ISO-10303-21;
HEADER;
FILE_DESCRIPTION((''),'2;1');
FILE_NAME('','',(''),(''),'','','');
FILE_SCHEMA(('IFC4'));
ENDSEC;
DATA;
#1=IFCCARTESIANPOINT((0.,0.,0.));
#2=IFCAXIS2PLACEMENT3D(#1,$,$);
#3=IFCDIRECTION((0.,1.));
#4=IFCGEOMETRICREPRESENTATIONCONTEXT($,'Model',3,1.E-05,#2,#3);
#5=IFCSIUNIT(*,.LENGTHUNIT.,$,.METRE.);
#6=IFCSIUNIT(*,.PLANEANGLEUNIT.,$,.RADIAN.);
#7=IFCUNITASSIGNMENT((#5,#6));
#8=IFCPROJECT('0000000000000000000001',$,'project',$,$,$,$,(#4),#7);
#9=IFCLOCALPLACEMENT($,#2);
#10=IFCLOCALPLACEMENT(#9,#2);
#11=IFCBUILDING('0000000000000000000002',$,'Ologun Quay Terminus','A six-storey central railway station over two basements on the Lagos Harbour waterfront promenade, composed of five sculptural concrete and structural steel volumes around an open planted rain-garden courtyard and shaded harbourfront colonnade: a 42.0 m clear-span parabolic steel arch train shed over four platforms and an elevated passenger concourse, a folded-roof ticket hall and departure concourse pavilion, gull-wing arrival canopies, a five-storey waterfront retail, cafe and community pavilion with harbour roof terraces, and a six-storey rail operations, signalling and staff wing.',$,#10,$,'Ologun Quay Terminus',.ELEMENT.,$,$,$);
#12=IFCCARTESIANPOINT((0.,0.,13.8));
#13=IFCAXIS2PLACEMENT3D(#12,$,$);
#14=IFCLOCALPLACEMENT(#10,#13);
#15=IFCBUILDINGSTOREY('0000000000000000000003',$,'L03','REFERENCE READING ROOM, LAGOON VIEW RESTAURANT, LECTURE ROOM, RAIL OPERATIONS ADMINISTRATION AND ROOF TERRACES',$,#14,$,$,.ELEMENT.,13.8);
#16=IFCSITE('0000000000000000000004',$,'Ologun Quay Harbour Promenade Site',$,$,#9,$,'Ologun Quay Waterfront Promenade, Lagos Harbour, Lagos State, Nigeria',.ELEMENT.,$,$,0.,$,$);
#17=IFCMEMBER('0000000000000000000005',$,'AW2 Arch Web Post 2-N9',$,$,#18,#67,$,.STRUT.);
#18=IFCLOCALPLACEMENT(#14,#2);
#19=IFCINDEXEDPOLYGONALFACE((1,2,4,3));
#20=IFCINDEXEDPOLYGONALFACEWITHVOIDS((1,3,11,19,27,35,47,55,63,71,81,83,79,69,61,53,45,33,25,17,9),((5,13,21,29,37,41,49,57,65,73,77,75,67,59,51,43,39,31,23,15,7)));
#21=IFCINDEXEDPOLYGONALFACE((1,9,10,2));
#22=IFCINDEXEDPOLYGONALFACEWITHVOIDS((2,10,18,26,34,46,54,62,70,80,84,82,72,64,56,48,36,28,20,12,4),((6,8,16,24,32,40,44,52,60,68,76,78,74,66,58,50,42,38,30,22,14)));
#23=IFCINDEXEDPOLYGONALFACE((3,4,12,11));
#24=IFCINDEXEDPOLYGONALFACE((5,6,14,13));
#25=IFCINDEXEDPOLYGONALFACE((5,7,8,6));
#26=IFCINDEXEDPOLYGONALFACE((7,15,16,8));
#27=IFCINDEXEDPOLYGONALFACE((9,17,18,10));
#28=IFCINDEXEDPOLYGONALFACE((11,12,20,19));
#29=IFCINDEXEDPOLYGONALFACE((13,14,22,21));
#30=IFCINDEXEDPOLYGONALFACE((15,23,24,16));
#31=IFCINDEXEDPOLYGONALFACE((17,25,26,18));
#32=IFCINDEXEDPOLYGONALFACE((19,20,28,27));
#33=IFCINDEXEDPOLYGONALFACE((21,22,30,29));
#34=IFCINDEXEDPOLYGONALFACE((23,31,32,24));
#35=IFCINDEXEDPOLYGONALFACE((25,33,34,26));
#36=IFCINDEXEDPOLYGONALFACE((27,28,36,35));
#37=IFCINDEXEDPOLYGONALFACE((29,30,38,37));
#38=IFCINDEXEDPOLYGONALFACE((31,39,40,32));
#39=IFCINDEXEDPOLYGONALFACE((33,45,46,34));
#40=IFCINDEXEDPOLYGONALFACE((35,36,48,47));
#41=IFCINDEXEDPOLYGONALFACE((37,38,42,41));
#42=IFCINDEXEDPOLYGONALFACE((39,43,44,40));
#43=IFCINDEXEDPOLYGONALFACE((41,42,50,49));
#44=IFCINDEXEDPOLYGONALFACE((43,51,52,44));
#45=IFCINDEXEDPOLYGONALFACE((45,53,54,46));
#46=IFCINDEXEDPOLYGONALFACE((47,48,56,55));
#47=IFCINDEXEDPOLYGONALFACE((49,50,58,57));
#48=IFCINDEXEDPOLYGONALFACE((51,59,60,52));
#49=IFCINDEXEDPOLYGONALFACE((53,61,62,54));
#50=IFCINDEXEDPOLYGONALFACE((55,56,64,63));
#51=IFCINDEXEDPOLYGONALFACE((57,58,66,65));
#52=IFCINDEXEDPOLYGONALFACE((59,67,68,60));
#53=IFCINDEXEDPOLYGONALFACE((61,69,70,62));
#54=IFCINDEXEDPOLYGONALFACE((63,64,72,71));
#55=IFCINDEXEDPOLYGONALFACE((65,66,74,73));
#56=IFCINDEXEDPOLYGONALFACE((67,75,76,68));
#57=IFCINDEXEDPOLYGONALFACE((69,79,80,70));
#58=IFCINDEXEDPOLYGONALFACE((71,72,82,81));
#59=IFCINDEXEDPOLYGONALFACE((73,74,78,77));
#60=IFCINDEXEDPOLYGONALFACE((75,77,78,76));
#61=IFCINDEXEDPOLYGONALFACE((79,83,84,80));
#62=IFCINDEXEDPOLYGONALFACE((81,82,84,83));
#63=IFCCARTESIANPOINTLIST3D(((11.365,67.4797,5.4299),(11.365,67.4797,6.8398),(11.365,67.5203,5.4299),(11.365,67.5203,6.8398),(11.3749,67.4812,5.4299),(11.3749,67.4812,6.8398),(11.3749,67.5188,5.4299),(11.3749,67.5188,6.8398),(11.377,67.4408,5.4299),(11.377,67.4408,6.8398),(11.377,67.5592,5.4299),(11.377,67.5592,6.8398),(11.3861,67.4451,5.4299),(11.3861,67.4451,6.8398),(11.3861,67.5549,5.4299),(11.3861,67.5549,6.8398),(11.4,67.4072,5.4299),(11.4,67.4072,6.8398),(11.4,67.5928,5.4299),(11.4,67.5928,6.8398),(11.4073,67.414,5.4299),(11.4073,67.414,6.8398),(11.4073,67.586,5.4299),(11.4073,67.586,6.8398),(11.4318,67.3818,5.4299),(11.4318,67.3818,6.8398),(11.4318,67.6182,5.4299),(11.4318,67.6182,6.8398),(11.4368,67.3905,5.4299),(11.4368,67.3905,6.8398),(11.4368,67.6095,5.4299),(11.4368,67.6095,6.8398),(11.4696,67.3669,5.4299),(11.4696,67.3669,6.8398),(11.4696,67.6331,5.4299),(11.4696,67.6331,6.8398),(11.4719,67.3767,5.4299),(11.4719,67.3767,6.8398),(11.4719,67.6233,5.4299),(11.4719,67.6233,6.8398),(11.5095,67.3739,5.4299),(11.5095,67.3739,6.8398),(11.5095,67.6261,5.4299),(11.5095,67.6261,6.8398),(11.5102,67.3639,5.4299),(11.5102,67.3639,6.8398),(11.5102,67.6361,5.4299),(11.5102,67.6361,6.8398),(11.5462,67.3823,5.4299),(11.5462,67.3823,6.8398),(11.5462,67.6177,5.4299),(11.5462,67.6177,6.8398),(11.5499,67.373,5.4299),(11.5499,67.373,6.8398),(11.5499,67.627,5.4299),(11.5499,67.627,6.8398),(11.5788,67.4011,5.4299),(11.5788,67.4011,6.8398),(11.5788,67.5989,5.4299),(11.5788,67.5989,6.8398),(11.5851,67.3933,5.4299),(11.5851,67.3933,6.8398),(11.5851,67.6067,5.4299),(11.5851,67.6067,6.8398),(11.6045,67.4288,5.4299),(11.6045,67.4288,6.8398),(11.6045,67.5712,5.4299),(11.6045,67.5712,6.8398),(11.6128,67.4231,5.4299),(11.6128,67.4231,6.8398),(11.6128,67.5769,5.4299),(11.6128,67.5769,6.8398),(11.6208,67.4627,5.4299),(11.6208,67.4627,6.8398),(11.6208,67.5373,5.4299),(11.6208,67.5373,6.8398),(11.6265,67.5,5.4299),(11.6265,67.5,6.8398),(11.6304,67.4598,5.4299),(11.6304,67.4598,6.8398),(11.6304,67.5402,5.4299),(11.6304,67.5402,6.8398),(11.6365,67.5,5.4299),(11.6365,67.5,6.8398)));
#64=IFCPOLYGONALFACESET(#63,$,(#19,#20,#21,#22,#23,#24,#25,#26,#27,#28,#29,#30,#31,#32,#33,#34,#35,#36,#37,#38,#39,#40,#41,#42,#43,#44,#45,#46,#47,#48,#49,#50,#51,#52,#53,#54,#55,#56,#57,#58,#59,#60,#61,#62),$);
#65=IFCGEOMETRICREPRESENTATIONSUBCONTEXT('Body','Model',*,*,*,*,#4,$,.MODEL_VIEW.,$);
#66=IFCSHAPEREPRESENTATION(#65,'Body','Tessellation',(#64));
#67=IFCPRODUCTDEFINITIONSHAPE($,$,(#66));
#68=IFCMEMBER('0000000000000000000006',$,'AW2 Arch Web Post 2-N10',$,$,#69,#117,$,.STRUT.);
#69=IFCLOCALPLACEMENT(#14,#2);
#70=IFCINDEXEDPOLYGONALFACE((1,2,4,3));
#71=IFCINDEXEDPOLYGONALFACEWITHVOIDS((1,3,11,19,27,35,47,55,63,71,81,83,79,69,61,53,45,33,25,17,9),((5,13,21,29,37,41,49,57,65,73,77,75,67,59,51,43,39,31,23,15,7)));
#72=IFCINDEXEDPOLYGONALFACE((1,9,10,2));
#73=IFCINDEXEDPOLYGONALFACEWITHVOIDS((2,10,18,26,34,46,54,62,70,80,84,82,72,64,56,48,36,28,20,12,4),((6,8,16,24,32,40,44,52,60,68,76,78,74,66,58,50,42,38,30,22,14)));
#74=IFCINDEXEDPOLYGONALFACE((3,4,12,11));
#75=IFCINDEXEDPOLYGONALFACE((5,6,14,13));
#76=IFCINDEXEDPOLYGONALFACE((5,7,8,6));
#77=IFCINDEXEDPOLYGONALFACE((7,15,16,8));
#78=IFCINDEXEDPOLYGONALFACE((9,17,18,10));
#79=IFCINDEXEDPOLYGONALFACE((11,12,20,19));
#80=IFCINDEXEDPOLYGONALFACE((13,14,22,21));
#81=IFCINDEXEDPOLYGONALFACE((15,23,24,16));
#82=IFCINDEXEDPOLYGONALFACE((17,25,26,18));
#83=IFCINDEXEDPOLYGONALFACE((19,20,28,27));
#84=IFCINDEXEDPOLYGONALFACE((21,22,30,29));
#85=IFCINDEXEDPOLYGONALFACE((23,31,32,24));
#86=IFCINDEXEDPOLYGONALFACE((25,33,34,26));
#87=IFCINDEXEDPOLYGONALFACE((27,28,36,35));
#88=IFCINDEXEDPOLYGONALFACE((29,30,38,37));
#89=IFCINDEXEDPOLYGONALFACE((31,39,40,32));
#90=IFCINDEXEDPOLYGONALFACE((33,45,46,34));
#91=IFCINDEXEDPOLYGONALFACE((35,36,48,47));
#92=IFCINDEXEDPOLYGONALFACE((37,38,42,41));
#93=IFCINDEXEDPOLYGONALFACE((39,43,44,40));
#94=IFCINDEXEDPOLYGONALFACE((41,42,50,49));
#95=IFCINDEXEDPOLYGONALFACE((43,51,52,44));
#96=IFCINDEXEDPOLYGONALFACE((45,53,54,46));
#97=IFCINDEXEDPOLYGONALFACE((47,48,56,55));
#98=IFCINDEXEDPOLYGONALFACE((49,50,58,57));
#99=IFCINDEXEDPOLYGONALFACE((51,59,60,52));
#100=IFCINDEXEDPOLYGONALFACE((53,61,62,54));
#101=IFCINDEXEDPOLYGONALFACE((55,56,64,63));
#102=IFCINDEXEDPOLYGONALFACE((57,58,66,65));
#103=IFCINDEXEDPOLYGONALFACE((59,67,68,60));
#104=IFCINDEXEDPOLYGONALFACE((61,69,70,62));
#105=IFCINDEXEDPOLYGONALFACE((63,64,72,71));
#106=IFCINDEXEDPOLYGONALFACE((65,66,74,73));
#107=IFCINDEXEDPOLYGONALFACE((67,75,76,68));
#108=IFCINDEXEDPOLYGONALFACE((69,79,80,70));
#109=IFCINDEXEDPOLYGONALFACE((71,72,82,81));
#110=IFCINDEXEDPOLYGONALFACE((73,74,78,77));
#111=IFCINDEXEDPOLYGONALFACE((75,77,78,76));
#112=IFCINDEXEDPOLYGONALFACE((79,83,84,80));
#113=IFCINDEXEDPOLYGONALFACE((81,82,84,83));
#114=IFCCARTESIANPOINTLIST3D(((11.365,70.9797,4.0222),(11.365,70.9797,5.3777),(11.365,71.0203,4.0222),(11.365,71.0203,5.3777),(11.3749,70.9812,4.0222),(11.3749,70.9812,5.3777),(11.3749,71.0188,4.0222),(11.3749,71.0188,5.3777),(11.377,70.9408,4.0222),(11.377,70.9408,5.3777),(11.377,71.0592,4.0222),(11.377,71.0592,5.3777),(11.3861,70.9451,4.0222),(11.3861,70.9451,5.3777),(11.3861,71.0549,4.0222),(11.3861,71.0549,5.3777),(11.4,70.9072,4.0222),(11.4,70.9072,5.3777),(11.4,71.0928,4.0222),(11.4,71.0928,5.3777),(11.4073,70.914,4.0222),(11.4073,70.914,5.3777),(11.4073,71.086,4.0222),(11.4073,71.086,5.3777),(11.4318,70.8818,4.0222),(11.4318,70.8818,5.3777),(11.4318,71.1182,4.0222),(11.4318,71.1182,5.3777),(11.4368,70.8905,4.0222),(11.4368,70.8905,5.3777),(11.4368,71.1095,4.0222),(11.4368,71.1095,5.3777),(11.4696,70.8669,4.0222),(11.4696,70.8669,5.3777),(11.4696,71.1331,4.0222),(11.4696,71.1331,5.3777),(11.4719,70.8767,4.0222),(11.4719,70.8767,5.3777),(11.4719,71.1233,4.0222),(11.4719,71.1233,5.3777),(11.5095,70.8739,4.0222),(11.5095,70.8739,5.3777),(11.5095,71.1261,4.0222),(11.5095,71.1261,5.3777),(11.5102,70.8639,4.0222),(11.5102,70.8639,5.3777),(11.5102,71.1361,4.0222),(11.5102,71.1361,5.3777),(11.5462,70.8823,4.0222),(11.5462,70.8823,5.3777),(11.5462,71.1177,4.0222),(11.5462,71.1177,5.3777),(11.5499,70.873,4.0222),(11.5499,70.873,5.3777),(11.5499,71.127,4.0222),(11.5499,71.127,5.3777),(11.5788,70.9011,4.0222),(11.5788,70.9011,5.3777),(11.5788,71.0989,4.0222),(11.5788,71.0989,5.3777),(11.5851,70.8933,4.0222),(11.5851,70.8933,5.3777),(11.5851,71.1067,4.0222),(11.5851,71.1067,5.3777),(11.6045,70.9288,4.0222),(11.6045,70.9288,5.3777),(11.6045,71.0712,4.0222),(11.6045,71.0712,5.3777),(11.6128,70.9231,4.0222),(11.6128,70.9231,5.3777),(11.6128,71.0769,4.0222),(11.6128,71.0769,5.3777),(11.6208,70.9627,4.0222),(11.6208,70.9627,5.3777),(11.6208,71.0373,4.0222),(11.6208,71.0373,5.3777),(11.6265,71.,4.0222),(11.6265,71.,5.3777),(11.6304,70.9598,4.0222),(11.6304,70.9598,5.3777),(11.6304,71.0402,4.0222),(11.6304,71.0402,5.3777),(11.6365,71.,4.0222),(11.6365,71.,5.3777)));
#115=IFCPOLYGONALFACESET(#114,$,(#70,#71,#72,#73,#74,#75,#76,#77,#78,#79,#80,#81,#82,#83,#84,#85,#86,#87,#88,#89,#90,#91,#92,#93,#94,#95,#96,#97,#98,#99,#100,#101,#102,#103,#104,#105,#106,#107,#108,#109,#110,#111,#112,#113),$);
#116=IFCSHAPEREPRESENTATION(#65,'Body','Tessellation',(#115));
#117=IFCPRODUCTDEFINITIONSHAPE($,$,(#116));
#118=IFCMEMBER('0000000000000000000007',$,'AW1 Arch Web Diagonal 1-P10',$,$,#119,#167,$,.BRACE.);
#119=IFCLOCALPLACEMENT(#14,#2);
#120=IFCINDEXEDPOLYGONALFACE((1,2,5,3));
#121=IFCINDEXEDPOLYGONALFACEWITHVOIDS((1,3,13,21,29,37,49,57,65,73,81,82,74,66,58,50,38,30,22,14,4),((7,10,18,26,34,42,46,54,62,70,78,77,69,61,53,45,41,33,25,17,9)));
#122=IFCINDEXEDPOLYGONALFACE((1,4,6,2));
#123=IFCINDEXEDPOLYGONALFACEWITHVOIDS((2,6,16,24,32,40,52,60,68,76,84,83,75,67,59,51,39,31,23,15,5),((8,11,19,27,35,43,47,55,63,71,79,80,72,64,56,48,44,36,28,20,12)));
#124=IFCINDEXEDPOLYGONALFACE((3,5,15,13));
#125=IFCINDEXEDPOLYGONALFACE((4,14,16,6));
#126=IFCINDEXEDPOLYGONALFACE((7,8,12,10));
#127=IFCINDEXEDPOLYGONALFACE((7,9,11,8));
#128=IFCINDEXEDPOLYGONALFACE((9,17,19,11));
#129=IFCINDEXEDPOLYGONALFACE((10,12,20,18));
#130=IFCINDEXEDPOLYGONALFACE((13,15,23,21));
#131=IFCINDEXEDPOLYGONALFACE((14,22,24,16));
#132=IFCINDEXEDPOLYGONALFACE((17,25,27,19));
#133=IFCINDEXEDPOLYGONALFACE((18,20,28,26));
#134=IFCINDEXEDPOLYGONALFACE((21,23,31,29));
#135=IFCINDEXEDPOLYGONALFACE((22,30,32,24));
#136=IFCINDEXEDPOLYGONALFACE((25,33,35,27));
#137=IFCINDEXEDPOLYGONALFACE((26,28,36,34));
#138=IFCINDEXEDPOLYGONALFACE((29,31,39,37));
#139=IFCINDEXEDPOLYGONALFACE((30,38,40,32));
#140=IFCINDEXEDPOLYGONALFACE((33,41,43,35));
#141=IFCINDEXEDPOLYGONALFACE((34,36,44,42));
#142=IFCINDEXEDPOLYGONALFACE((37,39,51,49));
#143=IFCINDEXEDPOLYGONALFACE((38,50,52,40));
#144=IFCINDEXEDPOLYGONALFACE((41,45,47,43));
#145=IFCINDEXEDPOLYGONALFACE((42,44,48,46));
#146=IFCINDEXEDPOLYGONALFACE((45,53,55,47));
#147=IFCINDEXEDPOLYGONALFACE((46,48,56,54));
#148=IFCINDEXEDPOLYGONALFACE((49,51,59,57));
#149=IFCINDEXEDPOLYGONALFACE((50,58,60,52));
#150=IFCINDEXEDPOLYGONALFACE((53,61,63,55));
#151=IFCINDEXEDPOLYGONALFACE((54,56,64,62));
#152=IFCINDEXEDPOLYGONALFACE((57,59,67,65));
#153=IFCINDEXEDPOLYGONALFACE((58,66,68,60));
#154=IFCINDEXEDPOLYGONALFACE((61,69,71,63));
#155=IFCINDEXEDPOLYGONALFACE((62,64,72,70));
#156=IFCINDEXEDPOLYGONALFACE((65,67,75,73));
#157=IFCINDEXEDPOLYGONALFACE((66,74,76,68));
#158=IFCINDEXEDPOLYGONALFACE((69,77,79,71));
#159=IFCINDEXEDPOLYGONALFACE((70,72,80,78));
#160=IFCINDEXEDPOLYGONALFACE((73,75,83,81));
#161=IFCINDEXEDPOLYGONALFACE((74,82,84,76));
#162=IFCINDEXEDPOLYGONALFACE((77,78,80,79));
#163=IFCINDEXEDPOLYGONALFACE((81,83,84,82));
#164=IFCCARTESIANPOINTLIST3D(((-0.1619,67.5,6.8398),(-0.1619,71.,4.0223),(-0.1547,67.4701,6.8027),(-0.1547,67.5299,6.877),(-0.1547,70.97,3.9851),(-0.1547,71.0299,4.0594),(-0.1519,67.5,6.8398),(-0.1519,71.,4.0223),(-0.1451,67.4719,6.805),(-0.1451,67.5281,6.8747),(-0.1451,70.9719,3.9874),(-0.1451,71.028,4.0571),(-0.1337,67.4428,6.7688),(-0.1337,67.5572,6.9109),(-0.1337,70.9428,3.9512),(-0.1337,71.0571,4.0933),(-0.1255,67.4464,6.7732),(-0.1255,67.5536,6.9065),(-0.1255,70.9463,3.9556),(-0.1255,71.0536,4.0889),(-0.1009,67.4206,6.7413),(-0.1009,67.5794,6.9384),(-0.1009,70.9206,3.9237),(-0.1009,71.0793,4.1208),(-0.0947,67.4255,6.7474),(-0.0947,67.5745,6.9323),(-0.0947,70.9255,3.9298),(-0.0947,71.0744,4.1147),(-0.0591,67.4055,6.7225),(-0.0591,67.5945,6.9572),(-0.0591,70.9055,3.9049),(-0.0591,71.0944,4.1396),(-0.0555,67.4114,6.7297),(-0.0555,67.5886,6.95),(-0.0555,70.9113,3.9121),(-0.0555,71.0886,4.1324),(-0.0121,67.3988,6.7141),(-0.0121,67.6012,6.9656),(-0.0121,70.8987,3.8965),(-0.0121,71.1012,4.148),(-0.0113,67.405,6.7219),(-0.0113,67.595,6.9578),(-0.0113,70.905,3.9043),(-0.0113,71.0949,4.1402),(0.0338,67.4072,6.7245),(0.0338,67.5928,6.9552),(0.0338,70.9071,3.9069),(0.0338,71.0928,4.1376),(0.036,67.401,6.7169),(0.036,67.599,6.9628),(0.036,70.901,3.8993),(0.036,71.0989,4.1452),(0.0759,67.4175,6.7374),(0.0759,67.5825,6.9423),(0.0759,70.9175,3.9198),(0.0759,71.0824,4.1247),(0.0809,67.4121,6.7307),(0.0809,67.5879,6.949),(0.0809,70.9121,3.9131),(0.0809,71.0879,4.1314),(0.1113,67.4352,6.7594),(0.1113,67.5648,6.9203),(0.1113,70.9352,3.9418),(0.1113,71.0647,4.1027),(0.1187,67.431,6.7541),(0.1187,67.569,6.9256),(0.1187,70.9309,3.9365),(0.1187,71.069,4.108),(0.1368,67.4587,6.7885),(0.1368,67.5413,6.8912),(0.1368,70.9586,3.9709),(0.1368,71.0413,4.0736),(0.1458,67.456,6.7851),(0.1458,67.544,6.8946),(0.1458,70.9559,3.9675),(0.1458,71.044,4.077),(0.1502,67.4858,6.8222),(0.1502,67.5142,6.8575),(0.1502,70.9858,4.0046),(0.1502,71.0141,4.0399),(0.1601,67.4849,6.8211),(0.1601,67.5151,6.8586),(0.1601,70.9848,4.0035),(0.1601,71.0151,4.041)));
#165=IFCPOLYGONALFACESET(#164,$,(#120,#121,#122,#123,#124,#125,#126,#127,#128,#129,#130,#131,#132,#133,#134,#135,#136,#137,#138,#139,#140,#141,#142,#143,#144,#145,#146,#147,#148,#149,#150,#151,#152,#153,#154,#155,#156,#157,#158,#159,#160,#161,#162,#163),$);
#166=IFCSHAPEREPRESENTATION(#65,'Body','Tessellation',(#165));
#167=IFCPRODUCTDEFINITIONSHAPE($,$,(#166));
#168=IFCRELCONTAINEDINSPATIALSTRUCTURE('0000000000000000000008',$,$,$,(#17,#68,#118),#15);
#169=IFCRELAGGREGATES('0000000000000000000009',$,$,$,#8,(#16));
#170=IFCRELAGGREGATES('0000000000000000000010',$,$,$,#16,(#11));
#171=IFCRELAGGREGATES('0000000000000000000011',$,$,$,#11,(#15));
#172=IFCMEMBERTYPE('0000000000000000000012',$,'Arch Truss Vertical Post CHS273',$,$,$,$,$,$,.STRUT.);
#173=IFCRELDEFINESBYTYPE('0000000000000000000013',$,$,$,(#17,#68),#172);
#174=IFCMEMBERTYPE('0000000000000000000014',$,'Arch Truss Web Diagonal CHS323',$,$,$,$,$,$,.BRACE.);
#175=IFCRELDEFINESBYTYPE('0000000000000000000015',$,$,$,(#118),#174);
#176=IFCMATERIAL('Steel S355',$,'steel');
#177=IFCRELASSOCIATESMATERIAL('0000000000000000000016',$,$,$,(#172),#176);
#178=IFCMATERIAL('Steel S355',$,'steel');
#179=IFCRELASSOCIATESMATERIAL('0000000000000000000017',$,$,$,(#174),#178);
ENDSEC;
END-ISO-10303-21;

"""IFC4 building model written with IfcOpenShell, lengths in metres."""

from ifc_helpers import new_model, si_unit, direction, frame, origin, origin_2d, place, context, subcontext, project, spatial, hollow_circle, extrude, material, material_profile, profile_set, type_object, element, save


model = new_model("IFC4")

# Units and contexts
model_context = context("Model", 3, precision=1e-05, world=origin(), true_north=direction((0.0, 1.0)))
body_context = subcontext(model_context, "Body", "Model", "MODEL_VIEW")
ifc_project = project(units=[si_unit("LENGTHUNIT", "METRE"), si_unit("PLANEANGLEUNIT", "RADIAN")], contexts=[model_context])

# Site, building, storey
site_placement = place(None, origin())
site = spatial("IfcSite", under=ifc_project, at=site_placement, Name="Ologun Quay Harbour Promenade Site", LongName="Ologun Quay Waterfront Promenade, Lagos Harbour, Lagos State, Nigeria", CompositionType="ELEMENT", RefElevation=0.0)
building_placement = place(site_placement, origin())
building = spatial("IfcBuilding", under=site, at=building_placement, Name="Ologun Quay Terminus", Description="A six-storey central railway station over two basements on the Lagos Harbour waterfront promenade, composed of five sculptural concrete and structural steel volumes around an open planted rain-garden courtyard and shaded harbourfront colonnade: a 42.0 m clear-span parabolic steel arch train shed over four platforms and an elevated passenger concourse, a folded-roof ticket hall and departure concourse pavilion, gull-wing arrival canopies, a five-storey waterfront retail, cafe and community pavilion with harbour roof terraces, and a six-storey rail operations, signalling and staff wing.", LongName="Ologun Quay Terminus", CompositionType="ELEMENT")
storey_placement = place(building_placement, frame((0.0, 0.0, 13.8)))
storey = spatial("IfcBuildingStorey", under=building, at=storey_placement, Name="L03", Description="REFERENCE READING ROOM, LAGOON VIEW RESTAURANT, LECTURE ROOM, RAIL OPERATIONS ADMINISTRATION AND ROOF TERRACES", CompositionType="ELEMENT", Elevation=13.8)

# Members
ifc_material_1 = material(Name="Steel S355", Category="steel")
ifc_material_profile_1 = material_profile(ifc_material_1, hollow_circle(Radius=0.1365, WallThickness=0.01, at=origin_2d()), Name="CHS 273x10")
ifc_profile_set_1 = profile_set([ifc_material_profile_1], Name="Steel S355")
member_type_1 = type_object("IfcMemberType", Name="Arch Truss Vertical Post CHS273", PredefinedType="STRUT", material=ifc_profile_set_1)
member_1_placement = place(storey_placement, frame((11.5, 67.5, 5.4299), z_axis=(0.0, 0.0, 1.0), x_axis=(1.0, 0.0, 0.0)))
element("IfcMember", 1, at=member_1_placement, inside=storey, type_object=member_type_1, Name="AW2 Arch Web Post 2-N9", PredefinedType="STRUT", context=body_context, shape_type="SweptSolid", body=[
    extrude(hollow_circle(Radius=0.1365, WallThickness=0.01, at=origin_2d()), origin(), (0.0, 0.0, 1.0), 1.4099),
])
member_2_placement = place(storey_placement, frame((11.5, 71.0, 4.0222), z_axis=(0.0, 0.0, 1.0), x_axis=(1.0, 0.0, 0.0)))
element("IfcMember", 2, at=member_2_placement, inside=storey, type_object=member_type_1, Name="AW2 Arch Web Post 2-N10", PredefinedType="STRUT", context=body_context, shape_type="SweptSolid", body=[
    extrude(hollow_circle(Radius=0.1365, WallThickness=0.01, at=origin_2d()), origin(), (0.0, 0.0, 1.0), 1.3555),
])
ifc_material_2 = material(Name="Steel S355", Category="steel")
ifc_material_profile_2 = material_profile(ifc_material_2, hollow_circle(Radius=0.1619, WallThickness=0.01, at=origin_2d()), Name="CHS 323.9x10")
ifc_profile_set_2 = profile_set([ifc_material_profile_2], Name="Steel S355")
member_type_2 = type_object("IfcMemberType", Name="Arch Truss Web Diagonal CHS323", PredefinedType="BRACE", material=ifc_profile_set_2)
member_3_placement = place(storey_placement, frame((0.0, 67.5, 6.8398), z_axis=(0.0, 0.778951, -0.627084), x_axis=(-1.0, 0.0, 0.0)))
element("IfcMember", 3, at=member_3_placement, inside=storey, type_object=member_type_2, Name="AW1 Arch Web Diagonal 1-P10", PredefinedType="BRACE", context=body_context, shape_type="SweptSolid", body=[
    extrude(hollow_circle(Radius=0.1619, WallThickness=0.01, at=origin_2d()), origin(), (0.0, 0.0, 1.0), 4.4932),
])

save(model, "model.ifc")
